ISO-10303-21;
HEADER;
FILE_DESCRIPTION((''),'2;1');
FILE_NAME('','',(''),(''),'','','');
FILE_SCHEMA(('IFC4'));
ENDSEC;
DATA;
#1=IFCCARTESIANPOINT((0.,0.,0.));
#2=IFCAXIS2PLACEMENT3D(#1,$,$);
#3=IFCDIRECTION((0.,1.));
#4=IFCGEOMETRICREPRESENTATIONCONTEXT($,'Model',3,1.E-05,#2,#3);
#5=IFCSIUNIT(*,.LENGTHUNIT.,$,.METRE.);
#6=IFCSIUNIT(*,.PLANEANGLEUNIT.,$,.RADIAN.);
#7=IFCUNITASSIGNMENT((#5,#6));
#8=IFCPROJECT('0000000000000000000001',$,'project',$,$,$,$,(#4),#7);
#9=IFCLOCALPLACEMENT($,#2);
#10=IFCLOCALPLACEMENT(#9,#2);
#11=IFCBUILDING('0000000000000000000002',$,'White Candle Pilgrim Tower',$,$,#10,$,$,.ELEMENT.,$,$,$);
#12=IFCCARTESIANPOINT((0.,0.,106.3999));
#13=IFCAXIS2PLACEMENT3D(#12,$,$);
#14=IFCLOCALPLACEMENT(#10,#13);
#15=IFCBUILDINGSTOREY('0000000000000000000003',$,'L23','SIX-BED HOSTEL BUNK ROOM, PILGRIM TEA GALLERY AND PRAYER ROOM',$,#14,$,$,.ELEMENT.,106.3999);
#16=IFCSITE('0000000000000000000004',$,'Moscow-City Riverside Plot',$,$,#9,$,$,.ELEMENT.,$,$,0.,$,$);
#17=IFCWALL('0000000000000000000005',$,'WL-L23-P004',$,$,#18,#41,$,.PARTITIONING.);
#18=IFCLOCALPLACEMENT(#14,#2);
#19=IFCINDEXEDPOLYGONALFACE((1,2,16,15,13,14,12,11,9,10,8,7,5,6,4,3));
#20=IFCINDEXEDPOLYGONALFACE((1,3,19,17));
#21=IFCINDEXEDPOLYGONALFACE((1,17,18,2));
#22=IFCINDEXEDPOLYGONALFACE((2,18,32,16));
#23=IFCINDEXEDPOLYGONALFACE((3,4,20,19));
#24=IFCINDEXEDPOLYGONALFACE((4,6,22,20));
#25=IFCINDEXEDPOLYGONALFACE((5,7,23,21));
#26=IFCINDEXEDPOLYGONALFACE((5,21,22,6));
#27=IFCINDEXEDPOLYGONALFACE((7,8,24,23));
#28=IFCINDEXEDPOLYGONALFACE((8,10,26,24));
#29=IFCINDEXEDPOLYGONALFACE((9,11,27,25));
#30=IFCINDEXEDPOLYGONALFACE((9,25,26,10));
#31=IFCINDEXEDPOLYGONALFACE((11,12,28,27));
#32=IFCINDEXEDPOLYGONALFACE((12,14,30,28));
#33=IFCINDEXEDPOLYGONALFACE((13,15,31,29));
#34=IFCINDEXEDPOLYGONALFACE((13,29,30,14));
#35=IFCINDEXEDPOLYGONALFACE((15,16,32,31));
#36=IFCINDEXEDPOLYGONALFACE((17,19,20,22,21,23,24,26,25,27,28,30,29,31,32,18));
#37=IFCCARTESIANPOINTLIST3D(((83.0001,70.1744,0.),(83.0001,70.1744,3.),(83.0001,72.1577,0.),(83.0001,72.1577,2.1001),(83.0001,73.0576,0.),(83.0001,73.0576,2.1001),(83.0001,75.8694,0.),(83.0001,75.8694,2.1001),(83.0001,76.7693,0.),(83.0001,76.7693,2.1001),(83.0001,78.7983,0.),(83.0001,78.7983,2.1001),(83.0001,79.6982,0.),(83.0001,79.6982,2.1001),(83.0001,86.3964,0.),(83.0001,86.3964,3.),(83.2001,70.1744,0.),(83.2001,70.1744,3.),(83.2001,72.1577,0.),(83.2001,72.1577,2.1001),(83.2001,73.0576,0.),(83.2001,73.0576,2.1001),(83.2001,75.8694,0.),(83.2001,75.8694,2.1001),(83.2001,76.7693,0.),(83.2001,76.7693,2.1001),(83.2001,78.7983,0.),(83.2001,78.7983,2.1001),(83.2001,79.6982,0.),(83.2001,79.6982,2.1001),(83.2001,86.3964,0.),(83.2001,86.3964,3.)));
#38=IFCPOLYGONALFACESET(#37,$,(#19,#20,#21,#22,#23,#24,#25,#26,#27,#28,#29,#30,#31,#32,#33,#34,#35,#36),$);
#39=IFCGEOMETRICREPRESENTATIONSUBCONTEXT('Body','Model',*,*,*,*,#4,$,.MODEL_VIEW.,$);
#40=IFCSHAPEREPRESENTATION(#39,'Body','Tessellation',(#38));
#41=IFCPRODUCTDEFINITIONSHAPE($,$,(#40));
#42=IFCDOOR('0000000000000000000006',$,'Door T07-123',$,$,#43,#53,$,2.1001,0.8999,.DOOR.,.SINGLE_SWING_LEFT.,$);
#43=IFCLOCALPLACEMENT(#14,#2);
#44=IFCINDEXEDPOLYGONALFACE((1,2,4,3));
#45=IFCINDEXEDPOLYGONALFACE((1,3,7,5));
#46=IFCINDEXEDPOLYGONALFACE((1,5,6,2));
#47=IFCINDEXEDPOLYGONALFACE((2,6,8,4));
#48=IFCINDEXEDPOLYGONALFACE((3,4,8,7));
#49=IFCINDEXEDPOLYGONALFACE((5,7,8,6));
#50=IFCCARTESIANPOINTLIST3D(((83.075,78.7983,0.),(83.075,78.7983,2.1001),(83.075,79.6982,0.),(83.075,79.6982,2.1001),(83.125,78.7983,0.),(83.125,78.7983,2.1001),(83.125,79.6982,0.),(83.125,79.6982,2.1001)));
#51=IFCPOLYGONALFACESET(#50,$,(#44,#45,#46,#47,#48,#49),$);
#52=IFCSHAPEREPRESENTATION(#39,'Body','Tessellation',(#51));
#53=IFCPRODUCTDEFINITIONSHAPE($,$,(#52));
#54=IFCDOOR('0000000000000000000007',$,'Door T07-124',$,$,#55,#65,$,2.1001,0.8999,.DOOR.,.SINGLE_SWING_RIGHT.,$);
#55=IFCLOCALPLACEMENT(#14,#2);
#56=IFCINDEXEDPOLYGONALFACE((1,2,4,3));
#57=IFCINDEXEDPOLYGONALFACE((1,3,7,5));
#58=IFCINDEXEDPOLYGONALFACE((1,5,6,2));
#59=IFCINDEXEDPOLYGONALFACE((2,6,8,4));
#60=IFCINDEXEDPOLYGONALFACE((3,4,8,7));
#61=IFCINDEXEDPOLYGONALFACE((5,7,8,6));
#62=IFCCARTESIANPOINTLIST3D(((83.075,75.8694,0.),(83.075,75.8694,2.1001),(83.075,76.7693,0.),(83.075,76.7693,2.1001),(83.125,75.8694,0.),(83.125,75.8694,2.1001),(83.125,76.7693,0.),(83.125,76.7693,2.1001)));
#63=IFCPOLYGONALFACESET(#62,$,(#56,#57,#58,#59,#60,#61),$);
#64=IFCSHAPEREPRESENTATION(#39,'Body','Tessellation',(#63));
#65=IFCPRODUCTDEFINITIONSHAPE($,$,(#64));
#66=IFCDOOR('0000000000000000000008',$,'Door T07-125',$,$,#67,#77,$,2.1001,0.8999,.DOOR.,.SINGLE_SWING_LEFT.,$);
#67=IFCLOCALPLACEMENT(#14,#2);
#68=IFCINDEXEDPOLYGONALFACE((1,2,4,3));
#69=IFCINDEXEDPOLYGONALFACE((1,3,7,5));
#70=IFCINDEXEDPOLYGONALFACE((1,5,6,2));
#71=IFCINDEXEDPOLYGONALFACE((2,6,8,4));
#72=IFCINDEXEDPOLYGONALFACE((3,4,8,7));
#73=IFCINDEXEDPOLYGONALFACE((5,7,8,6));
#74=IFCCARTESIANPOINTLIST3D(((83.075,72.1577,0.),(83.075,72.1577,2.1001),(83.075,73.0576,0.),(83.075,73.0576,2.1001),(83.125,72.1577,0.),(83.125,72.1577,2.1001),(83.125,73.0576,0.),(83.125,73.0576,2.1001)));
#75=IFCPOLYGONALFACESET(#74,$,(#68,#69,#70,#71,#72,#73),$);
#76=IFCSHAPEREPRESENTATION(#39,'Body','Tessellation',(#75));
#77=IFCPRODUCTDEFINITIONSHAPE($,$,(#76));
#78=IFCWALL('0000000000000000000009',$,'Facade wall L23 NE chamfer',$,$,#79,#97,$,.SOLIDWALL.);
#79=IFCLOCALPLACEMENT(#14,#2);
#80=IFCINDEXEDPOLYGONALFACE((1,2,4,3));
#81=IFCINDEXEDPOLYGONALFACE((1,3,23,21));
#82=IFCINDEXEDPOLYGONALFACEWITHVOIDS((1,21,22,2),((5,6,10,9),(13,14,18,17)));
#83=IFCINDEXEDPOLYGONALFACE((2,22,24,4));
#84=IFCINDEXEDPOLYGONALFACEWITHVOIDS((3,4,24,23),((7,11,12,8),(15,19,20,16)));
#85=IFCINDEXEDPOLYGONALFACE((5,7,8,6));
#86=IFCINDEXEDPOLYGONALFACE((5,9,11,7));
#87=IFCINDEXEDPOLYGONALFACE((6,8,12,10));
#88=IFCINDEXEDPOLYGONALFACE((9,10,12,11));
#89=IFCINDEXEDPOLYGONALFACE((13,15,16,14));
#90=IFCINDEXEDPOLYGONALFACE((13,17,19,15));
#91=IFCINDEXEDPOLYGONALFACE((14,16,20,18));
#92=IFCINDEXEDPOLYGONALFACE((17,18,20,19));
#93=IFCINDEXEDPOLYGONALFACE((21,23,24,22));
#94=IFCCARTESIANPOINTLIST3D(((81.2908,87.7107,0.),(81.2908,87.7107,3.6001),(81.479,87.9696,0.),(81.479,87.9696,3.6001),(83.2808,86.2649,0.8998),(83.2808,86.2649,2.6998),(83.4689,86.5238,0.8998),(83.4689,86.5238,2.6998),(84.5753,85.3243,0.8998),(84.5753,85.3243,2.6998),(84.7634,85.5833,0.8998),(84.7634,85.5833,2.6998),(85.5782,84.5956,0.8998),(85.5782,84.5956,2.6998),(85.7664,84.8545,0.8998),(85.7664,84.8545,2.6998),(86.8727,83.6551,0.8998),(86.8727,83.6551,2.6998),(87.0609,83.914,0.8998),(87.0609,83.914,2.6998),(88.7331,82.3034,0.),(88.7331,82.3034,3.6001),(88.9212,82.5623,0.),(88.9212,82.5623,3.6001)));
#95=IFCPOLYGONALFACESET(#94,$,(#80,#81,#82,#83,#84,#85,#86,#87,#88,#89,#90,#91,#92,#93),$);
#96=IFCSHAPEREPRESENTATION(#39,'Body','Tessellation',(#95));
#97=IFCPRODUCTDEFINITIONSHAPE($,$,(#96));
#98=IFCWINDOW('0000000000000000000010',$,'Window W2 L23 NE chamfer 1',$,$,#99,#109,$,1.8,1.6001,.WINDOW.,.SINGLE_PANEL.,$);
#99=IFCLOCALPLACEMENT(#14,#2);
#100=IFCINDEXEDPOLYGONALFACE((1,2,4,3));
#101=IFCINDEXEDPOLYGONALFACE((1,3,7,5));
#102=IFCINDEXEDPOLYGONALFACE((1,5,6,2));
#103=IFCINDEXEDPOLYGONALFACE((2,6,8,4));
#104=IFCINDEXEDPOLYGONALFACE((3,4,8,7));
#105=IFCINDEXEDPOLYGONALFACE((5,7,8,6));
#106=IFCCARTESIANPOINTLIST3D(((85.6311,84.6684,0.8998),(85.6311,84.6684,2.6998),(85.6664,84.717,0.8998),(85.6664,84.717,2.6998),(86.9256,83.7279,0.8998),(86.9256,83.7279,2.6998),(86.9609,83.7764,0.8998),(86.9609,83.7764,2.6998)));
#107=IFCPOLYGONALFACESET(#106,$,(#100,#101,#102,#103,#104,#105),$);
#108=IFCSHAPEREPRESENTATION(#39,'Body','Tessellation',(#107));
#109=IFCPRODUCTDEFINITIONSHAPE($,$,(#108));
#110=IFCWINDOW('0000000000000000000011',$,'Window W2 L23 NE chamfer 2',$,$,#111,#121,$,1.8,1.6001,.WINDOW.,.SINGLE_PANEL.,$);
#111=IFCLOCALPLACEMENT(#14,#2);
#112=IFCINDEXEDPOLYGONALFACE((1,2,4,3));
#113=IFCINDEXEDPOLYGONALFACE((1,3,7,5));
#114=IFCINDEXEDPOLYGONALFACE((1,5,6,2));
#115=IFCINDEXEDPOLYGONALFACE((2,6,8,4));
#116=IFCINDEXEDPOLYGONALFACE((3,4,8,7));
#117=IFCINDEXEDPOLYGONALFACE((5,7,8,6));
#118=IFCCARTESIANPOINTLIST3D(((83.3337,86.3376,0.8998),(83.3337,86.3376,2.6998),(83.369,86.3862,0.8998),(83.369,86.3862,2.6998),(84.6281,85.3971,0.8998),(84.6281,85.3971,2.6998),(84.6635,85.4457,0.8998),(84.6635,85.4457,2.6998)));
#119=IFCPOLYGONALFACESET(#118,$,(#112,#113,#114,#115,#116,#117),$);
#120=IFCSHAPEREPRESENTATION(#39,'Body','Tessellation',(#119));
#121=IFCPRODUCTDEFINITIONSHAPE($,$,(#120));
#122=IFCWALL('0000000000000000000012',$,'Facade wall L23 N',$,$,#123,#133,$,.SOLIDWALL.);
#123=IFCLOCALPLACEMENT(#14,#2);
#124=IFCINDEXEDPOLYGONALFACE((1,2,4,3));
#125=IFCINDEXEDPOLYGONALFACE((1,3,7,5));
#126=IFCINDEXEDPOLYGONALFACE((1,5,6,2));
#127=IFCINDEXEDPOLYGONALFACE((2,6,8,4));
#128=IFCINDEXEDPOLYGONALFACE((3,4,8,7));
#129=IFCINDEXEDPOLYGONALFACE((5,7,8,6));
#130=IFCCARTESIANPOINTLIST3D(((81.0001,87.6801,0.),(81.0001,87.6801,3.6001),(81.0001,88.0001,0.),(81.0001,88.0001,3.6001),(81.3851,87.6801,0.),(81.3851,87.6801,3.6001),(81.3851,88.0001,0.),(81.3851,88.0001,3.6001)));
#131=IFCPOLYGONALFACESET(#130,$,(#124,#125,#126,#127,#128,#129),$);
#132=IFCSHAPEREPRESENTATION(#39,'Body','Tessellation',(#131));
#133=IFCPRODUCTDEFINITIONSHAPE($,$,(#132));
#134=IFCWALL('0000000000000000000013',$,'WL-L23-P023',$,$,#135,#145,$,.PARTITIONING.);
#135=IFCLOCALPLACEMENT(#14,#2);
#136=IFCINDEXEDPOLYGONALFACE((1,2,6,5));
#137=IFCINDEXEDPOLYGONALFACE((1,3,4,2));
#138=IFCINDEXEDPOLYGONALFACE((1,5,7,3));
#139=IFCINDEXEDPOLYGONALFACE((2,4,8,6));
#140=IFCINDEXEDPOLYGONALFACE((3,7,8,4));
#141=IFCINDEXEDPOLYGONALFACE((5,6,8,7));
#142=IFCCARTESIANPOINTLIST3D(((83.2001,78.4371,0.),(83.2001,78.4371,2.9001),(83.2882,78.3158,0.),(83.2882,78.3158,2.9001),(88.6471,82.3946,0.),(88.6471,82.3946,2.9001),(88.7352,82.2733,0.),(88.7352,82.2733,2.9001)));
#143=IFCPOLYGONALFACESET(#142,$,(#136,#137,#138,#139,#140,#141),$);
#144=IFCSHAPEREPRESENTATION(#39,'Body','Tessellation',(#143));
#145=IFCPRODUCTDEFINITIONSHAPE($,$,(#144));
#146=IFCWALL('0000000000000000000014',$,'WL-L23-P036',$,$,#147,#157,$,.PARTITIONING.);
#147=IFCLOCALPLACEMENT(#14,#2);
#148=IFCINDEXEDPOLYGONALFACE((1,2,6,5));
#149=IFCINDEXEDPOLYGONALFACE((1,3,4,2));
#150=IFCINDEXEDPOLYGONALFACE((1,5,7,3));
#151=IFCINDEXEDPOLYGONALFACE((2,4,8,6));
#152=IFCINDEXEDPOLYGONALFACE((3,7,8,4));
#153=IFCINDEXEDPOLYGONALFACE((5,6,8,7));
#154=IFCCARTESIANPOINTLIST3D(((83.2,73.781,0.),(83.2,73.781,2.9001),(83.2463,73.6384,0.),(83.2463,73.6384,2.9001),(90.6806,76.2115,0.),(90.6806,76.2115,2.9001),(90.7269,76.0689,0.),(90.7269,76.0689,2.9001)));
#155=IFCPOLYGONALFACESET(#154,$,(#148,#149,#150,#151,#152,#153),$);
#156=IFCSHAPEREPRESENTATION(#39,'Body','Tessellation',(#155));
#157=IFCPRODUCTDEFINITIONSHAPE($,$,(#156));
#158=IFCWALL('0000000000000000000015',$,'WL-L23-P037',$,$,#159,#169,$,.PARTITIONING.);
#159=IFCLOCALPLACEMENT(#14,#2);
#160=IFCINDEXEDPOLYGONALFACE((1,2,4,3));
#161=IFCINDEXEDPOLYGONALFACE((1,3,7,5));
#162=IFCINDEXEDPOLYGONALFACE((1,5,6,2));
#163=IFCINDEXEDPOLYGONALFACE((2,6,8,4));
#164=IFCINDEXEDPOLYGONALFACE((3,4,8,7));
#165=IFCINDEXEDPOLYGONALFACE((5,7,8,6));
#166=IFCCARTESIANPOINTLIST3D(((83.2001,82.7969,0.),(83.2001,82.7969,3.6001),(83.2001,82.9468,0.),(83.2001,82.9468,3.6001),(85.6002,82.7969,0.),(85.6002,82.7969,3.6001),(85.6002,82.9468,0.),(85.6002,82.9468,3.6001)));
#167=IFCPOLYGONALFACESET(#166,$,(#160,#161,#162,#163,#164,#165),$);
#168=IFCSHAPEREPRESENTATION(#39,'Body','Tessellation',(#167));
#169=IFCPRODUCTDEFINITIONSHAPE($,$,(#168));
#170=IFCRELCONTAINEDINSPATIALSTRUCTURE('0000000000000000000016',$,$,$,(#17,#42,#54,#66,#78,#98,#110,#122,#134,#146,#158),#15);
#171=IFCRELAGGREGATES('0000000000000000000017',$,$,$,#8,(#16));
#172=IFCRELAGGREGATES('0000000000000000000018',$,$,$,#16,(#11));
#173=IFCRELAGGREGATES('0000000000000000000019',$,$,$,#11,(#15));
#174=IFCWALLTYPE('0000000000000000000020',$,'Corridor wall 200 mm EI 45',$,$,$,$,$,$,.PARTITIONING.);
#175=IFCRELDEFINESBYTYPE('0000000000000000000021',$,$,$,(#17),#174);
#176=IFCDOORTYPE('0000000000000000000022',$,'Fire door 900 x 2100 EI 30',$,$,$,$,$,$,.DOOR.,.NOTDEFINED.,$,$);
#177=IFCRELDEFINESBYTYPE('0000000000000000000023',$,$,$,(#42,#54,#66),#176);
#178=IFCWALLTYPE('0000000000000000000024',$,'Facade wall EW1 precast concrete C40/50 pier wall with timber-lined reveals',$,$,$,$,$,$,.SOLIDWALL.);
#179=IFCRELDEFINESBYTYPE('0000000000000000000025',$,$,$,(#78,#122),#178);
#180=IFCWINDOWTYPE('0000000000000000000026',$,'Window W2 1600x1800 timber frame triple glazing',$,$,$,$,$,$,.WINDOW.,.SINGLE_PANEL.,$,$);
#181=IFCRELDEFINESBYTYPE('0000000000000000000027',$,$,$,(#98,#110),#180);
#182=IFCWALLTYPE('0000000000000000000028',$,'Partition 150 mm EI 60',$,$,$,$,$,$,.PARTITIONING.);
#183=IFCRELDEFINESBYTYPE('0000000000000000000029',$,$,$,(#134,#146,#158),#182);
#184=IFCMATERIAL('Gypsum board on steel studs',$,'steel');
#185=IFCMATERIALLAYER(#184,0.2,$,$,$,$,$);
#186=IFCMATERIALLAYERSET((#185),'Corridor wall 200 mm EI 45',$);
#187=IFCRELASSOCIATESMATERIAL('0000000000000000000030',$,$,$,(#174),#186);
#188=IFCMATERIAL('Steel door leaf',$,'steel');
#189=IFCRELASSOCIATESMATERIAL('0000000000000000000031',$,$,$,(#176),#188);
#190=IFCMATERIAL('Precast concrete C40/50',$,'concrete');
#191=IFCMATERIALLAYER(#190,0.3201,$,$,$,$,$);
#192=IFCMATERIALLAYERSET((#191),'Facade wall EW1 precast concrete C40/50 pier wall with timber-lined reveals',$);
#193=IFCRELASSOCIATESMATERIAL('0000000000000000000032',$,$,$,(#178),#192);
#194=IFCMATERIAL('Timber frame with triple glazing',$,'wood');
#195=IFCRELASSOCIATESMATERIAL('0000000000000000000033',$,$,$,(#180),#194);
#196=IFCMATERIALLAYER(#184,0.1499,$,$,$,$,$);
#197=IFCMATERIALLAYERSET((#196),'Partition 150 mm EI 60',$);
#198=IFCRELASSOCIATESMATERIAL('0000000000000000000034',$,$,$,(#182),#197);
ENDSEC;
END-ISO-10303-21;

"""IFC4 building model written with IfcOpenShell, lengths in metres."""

from ifc_helpers import new_model, si_unit, direction, frame, frame_2d, origin, place, context, subcontext, project, spatial, rectangle, extrude, material, layer, layer_set, type_object, element, fill, save


model = new_model("IFC4")

# Units and contexts
model_context = context("Model", 3, precision=1e-05, world=origin(), true_north=direction((0.0, 1.0)))
body_context = subcontext(model_context, "Body", "Model", "MODEL_VIEW")
ifc_project = project(units=[si_unit("LENGTHUNIT", "METRE"), si_unit("PLANEANGLEUNIT", "RADIAN")], contexts=[model_context])

# Site, building, storey
site_placement = place(None, origin())
site = spatial("IfcSite", under=ifc_project, at=site_placement, Name="Moscow-City Riverside Plot", CompositionType="ELEMENT", RefElevation=0.0)
building_placement = place(site_placement, origin())
building = spatial("IfcBuilding", under=site, at=building_placement, Name="White Candle Pilgrim Tower", CompositionType="ELEMENT")
storey_placement = place(building_placement, frame((0.0, 0.0, 106.3999)))
storey = spatial("IfcBuildingStorey", under=building, at=storey_placement, Name="L23", Description="SIX-BED HOSTEL BUNK ROOM, PILGRIM TEA GALLERY AND PRAYER ROOM", CompositionType="ELEMENT", Elevation=106.3999)

# Shared definitions
ifc_material_1 = material(Name="Steel door leaf", Category="steel")

# Wall, openings, doors
ifc_material_2 = material(Name="Gypsum board on steel studs", Category="steel")
ifc_layer_1 = layer(ifc_material_2, 0.2)
ifc_layer_set_1 = layer_set([ifc_layer_1], Name="Corridor wall 200 mm EI 45")
wall_type_1 = type_object("IfcWallType", Name="Corridor wall 200 mm EI 45", PredefinedType="PARTITIONING", material=ifc_layer_set_1)
wall_1_placement = place(storey_placement, frame((83.1001, 86.3962, 0.0), z_axis=(0.0, 0.0, 1.0), x_axis=(0.0, -1.0, 0.0)))
wall_1 = element("IfcWall", 1, at=wall_1_placement, inside=storey, type_object=wall_type_1, Name="WL-L23-P004", PredefinedType="PARTITIONING", context=body_context, shape_type="SweptSolid", body=[
    extrude(rectangle(XDim=16.2219, YDim=0.2, at=frame_2d((8.1108, 0.0))), origin(), (0.0, 0.0, 1.0), 3.0),
])
opening_1_placement = place(wall_1_placement, frame((6.698, 0.0, 0.0)))
opening_1 = element("IfcOpeningElement", 2, at=opening_1_placement, cuts=wall_1, PredefinedType="OPENING", context=body_context, shape_type="SweptSolid", body=[
    extrude(rectangle(XDim=0.8999, YDim=2.1001, at=frame_2d((0.45, 1.05))), frame((0.0, 0.1099, 0.0), z_axis=(0.0, -1.0, 0.0), x_axis=(1.0, 0.0, 0.0)), (0.0, 0.0, 1.0), 0.22),
])
opening_2_placement = place(wall_1_placement, frame((9.627, 0.0, 0.0)))
opening_2 = element("IfcOpeningElement", 3, at=opening_2_placement, cuts=wall_1, PredefinedType="OPENING", context=body_context, shape_type="SweptSolid", body=[
    extrude(rectangle(XDim=0.8999, YDim=2.1001, at=frame_2d((0.45, 1.05))), frame((0.0, 0.1099, 0.0), z_axis=(0.0, -1.0, 0.0), x_axis=(1.0, 0.0, 0.0)), (0.0, 0.0, 1.0), 0.22),
])
opening_3_placement = place(wall_1_placement, frame((13.3386, 0.0, 0.0)))
opening_3 = element("IfcOpeningElement", 4, at=opening_3_placement, cuts=wall_1, PredefinedType="OPENING", context=body_context, shape_type="SweptSolid", body=[
    extrude(rectangle(XDim=0.8999, YDim=2.1001, at=frame_2d((0.45, 1.05))), frame((0.0, 0.1099, 0.0), z_axis=(0.0, -1.0, 0.0), x_axis=(1.0, 0.0, 0.0)), (0.0, 0.0, 1.0), 0.22),
])
door_type_1 = type_object("IfcDoorType", Name="Fire door 900 x 2100 EI 30", OperationType="NOTDEFINED", PredefinedType="DOOR", material=ifc_material_1)
door_1_placement = place(opening_1_placement, origin())
door_1 = element("IfcDoor", 5, at=door_1_placement, inside=storey, type_object=door_type_1, Name="Door T07-123", OperationType="SINGLE_SWING_LEFT", OverallHeight=2.1001, OverallWidth=0.8999, PredefinedType="DOOR", context=body_context, shape_type="SweptSolid", body=[
    extrude(rectangle(XDim=0.8999, YDim=2.1001, at=frame_2d((0.45, 1.05))), frame((0.0, 0.0249, 0.0), z_axis=(0.0, -1.0, 0.0), x_axis=(1.0, 0.0, 0.0)), (0.0, 0.0, 1.0), 0.05),
])
fill(opening_1, door_1)
door_2_placement = place(opening_2_placement, origin())
door_2 = element("IfcDoor", 6, at=door_2_placement, inside=storey, type_object=door_type_1, Name="Door T07-124", OperationType="SINGLE_SWING_RIGHT", OverallHeight=2.1001, OverallWidth=0.8999, PredefinedType="DOOR", context=body_context, shape_type="SweptSolid", body=[
    extrude(rectangle(XDim=0.8999, YDim=2.1001, at=frame_2d((0.45, 1.05))), frame((0.0, 0.0249, 0.0), z_axis=(0.0, -1.0, 0.0), x_axis=(1.0, 0.0, 0.0)), (0.0, 0.0, 1.0), 0.05),
])
fill(opening_2, door_2)
door_3_placement = place(opening_3_placement, origin())
door_3 = element("IfcDoor", 7, at=door_3_placement, inside=storey, type_object=door_type_1, Name="Door T07-125", OperationType="SINGLE_SWING_LEFT", OverallHeight=2.1001, OverallWidth=0.8999, PredefinedType="DOOR", context=body_context, shape_type="SweptSolid", body=[
    extrude(rectangle(XDim=0.8999, YDim=2.1001, at=frame_2d((0.45, 1.05))), frame((0.0, 0.0249, 0.0), z_axis=(0.0, -1.0, 0.0), x_axis=(1.0, 0.0, 0.0)), (0.0, 0.0, 1.0), 0.05),
])
fill(opening_3, door_3)

# Wall, openings, windows
ifc_material_3 = material(Name="Precast concrete C40/50", Category="concrete")
ifc_layer_2 = layer(ifc_material_3, 0.3201)
ifc_layer_set_2 = layer_set([ifc_layer_2], Name="Facade wall EW1 precast concrete C40/50 pier wall with timber-lined reveals")
wall_type_2 = type_object("IfcWallType", Name="Facade wall EW1 precast concrete C40/50 pier wall with timber-lined reveals", PredefinedType="SOLIDWALL", material=ifc_layer_set_2)
wall_2_placement = place(storey_placement, frame((88.8271, 82.4329, 0.0), z_axis=(0.0, 0.0, 1.0), x_axis=(-0.809007, 0.587799, 0.0)))
wall_2 = element("IfcWall", 8, at=wall_2_placement, inside=storey, type_object=wall_type_2, Name="Facade wall L23 NE chamfer", PredefinedType="SOLIDWALL", context=body_context, shape_type="SweptSolid", body=[
    extrude(rectangle(XDim=9.1992, YDim=0.3201, at=frame_2d((4.5996, 0.0))), origin(), (0.0, 0.0, 1.0), 3.6001),
])
opening_4_placement = place(wall_2_placement, frame((2.2996, 0.0, 0.8999)))
opening_4 = element("IfcOpeningElement", 9, at=opening_4_placement, cuts=wall_2, PredefinedType="OPENING", context=body_context, shape_type="SweptSolid", body=[
    extrude(rectangle(XDim=1.6001, YDim=1.8, at=frame_2d((0.8, 0.8999))), frame((0.0, 0.1699, 0.0), z_axis=(0.0, -1.0, 0.0), x_axis=(1.0, 0.0, 0.0)), (0.0, 0.0, 1.0), 0.3401),
])
opening_5_placement = place(wall_2_placement, frame((5.1394, 0.0, 0.8999)))
opening_5 = element("IfcOpeningElement", 10, at=opening_5_placement, cuts=wall_2, PredefinedType="OPENING", context=body_context, shape_type="SweptSolid", body=[
    extrude(rectangle(XDim=1.6001, YDim=1.8, at=frame_2d((0.8, 0.8999))), frame((0.0, 0.1699, 0.0), z_axis=(0.0, -1.0, 0.0), x_axis=(1.0, 0.0, 0.0)), (0.0, 0.0, 1.0), 0.3401),
])
ifc_material_4 = material(Name="Timber frame with triple glazing", Category="wood")
window_type = type_object("IfcWindowType", Name="Window W2 1600x1800 timber frame triple glazing", PartitioningType="SINGLE_PANEL", PredefinedType="WINDOW", material=ifc_material_4)
window_1_placement = place(opening_4_placement, origin())
window_1 = element("IfcWindow", 11, at=window_1_placement, inside=storey, type_object=window_type, Name="Window W2 L23 NE chamfer 1", OverallHeight=1.8, OverallWidth=1.6001, PartitioningType="SINGLE_PANEL", PredefinedType="WINDOW", context=body_context, shape_type="SweptSolid", body=[
    extrude(rectangle(XDim=1.6001, YDim=1.8, at=frame_2d((0.8, 0.8999))), frame((0.0, 0.0701, 0.0), z_axis=(0.0, -1.0, 0.0), x_axis=(1.0, 0.0, 0.0)), (0.0, 0.0, 1.0), 0.0601),
])
fill(opening_4, window_1)
window_2_placement = place(opening_5_placement, origin())
window_2 = element("IfcWindow", 12, at=window_2_placement, inside=storey, type_object=window_type, Name="Window W2 L23 NE chamfer 2", OverallHeight=1.8, OverallWidth=1.6001, PartitioningType="SINGLE_PANEL", PredefinedType="WINDOW", context=body_context, shape_type="SweptSolid", body=[
    extrude(rectangle(XDim=1.6001, YDim=1.8, at=frame_2d((0.8, 0.8999))), frame((0.0, 0.0701, 0.0), z_axis=(0.0, -1.0, 0.0), x_axis=(1.0, 0.0, 0.0)), (0.0, 0.0, 1.0), 0.0601),
])
fill(opening_5, window_2)

# Walls
wall_3_placement = place(storey_placement, frame((81.385, 87.8401, 0.0), z_axis=(0.0, 0.0, 1.0), x_axis=(-1.0, 0.0, 0.0)))
element("IfcWall", 13, at=wall_3_placement, inside=storey, type_object=wall_type_2, Name="Facade wall L23 N", PredefinedType="SOLIDWALL", context=body_context, shape_type="SweptSolid", body=[
    extrude(rectangle(XDim=0.385, YDim=0.3201, at=frame_2d((0.1924, 0.0))), origin(), (0.0, 0.0, 1.0), 3.6001),
])
ifc_layer_3 = layer(ifc_material_2, 0.1499)
ifc_layer_set_3 = layer_set([ifc_layer_3], Name="Partition 150 mm EI 60")
wall_type_3 = type_object("IfcWallType", Name="Partition 150 mm EI 60", PredefinedType="PARTITIONING", material=ifc_layer_set_3)
wall_4_placement = place(storey_placement, frame((88.6912, 82.334, 0.0), z_axis=(0.0, 0.0, 1.0), x_axis=(-0.809015, -0.587788, 0.0)))
element("IfcWall", 14, at=wall_4_placement, inside=storey, type_object=wall_type_3, Name="WL-L23-P023", PredefinedType="PARTITIONING", context=body_context, shape_type="SweptSolid", body=[
    extrude(rectangle(XDim=6.7329, YDim=0.1499, at=frame_2d((3.3665, 0.0))), origin(), (0.0, 0.0, 1.0), 2.9001),
])
wall_5_placement = place(storey_placement, frame((90.7036, 76.1401, 0.0), z_axis=(0.0, 0.0, 1.0), x_axis=(-0.951061, -0.309002, 0.0)))
element("IfcWall", 15, at=wall_5_placement, inside=storey, type_object=wall_type_3, Name="WL-L23-P036", PredefinedType="PARTITIONING", context=body_context, shape_type="SweptSolid", body=[
    extrude(rectangle(XDim=7.8655, YDim=0.1499, at=frame_2d((3.9326, 0.0))), origin(), (0.0, 0.0, 1.0), 2.9001),
])
wall_6_placement = place(storey_placement, frame((83.2, 82.8718, 0.0), z_axis=(0.0, 0.0, 1.0), x_axis=(1.0, 0.0, 0.0)))
element("IfcWall", 16, at=wall_6_placement, inside=storey, type_object=wall_type_3, Name="WL-L23-P037", PredefinedType="PARTITIONING", context=body_context, shape_type="SweptSolid", body=[
    extrude(rectangle(XDim=2.4001, YDim=0.1499, at=frame_2d((1.2002, 0.0))), origin(), (0.0, 0.0, 1.0), 3.6001),
])

save(model, "model.ifc")
